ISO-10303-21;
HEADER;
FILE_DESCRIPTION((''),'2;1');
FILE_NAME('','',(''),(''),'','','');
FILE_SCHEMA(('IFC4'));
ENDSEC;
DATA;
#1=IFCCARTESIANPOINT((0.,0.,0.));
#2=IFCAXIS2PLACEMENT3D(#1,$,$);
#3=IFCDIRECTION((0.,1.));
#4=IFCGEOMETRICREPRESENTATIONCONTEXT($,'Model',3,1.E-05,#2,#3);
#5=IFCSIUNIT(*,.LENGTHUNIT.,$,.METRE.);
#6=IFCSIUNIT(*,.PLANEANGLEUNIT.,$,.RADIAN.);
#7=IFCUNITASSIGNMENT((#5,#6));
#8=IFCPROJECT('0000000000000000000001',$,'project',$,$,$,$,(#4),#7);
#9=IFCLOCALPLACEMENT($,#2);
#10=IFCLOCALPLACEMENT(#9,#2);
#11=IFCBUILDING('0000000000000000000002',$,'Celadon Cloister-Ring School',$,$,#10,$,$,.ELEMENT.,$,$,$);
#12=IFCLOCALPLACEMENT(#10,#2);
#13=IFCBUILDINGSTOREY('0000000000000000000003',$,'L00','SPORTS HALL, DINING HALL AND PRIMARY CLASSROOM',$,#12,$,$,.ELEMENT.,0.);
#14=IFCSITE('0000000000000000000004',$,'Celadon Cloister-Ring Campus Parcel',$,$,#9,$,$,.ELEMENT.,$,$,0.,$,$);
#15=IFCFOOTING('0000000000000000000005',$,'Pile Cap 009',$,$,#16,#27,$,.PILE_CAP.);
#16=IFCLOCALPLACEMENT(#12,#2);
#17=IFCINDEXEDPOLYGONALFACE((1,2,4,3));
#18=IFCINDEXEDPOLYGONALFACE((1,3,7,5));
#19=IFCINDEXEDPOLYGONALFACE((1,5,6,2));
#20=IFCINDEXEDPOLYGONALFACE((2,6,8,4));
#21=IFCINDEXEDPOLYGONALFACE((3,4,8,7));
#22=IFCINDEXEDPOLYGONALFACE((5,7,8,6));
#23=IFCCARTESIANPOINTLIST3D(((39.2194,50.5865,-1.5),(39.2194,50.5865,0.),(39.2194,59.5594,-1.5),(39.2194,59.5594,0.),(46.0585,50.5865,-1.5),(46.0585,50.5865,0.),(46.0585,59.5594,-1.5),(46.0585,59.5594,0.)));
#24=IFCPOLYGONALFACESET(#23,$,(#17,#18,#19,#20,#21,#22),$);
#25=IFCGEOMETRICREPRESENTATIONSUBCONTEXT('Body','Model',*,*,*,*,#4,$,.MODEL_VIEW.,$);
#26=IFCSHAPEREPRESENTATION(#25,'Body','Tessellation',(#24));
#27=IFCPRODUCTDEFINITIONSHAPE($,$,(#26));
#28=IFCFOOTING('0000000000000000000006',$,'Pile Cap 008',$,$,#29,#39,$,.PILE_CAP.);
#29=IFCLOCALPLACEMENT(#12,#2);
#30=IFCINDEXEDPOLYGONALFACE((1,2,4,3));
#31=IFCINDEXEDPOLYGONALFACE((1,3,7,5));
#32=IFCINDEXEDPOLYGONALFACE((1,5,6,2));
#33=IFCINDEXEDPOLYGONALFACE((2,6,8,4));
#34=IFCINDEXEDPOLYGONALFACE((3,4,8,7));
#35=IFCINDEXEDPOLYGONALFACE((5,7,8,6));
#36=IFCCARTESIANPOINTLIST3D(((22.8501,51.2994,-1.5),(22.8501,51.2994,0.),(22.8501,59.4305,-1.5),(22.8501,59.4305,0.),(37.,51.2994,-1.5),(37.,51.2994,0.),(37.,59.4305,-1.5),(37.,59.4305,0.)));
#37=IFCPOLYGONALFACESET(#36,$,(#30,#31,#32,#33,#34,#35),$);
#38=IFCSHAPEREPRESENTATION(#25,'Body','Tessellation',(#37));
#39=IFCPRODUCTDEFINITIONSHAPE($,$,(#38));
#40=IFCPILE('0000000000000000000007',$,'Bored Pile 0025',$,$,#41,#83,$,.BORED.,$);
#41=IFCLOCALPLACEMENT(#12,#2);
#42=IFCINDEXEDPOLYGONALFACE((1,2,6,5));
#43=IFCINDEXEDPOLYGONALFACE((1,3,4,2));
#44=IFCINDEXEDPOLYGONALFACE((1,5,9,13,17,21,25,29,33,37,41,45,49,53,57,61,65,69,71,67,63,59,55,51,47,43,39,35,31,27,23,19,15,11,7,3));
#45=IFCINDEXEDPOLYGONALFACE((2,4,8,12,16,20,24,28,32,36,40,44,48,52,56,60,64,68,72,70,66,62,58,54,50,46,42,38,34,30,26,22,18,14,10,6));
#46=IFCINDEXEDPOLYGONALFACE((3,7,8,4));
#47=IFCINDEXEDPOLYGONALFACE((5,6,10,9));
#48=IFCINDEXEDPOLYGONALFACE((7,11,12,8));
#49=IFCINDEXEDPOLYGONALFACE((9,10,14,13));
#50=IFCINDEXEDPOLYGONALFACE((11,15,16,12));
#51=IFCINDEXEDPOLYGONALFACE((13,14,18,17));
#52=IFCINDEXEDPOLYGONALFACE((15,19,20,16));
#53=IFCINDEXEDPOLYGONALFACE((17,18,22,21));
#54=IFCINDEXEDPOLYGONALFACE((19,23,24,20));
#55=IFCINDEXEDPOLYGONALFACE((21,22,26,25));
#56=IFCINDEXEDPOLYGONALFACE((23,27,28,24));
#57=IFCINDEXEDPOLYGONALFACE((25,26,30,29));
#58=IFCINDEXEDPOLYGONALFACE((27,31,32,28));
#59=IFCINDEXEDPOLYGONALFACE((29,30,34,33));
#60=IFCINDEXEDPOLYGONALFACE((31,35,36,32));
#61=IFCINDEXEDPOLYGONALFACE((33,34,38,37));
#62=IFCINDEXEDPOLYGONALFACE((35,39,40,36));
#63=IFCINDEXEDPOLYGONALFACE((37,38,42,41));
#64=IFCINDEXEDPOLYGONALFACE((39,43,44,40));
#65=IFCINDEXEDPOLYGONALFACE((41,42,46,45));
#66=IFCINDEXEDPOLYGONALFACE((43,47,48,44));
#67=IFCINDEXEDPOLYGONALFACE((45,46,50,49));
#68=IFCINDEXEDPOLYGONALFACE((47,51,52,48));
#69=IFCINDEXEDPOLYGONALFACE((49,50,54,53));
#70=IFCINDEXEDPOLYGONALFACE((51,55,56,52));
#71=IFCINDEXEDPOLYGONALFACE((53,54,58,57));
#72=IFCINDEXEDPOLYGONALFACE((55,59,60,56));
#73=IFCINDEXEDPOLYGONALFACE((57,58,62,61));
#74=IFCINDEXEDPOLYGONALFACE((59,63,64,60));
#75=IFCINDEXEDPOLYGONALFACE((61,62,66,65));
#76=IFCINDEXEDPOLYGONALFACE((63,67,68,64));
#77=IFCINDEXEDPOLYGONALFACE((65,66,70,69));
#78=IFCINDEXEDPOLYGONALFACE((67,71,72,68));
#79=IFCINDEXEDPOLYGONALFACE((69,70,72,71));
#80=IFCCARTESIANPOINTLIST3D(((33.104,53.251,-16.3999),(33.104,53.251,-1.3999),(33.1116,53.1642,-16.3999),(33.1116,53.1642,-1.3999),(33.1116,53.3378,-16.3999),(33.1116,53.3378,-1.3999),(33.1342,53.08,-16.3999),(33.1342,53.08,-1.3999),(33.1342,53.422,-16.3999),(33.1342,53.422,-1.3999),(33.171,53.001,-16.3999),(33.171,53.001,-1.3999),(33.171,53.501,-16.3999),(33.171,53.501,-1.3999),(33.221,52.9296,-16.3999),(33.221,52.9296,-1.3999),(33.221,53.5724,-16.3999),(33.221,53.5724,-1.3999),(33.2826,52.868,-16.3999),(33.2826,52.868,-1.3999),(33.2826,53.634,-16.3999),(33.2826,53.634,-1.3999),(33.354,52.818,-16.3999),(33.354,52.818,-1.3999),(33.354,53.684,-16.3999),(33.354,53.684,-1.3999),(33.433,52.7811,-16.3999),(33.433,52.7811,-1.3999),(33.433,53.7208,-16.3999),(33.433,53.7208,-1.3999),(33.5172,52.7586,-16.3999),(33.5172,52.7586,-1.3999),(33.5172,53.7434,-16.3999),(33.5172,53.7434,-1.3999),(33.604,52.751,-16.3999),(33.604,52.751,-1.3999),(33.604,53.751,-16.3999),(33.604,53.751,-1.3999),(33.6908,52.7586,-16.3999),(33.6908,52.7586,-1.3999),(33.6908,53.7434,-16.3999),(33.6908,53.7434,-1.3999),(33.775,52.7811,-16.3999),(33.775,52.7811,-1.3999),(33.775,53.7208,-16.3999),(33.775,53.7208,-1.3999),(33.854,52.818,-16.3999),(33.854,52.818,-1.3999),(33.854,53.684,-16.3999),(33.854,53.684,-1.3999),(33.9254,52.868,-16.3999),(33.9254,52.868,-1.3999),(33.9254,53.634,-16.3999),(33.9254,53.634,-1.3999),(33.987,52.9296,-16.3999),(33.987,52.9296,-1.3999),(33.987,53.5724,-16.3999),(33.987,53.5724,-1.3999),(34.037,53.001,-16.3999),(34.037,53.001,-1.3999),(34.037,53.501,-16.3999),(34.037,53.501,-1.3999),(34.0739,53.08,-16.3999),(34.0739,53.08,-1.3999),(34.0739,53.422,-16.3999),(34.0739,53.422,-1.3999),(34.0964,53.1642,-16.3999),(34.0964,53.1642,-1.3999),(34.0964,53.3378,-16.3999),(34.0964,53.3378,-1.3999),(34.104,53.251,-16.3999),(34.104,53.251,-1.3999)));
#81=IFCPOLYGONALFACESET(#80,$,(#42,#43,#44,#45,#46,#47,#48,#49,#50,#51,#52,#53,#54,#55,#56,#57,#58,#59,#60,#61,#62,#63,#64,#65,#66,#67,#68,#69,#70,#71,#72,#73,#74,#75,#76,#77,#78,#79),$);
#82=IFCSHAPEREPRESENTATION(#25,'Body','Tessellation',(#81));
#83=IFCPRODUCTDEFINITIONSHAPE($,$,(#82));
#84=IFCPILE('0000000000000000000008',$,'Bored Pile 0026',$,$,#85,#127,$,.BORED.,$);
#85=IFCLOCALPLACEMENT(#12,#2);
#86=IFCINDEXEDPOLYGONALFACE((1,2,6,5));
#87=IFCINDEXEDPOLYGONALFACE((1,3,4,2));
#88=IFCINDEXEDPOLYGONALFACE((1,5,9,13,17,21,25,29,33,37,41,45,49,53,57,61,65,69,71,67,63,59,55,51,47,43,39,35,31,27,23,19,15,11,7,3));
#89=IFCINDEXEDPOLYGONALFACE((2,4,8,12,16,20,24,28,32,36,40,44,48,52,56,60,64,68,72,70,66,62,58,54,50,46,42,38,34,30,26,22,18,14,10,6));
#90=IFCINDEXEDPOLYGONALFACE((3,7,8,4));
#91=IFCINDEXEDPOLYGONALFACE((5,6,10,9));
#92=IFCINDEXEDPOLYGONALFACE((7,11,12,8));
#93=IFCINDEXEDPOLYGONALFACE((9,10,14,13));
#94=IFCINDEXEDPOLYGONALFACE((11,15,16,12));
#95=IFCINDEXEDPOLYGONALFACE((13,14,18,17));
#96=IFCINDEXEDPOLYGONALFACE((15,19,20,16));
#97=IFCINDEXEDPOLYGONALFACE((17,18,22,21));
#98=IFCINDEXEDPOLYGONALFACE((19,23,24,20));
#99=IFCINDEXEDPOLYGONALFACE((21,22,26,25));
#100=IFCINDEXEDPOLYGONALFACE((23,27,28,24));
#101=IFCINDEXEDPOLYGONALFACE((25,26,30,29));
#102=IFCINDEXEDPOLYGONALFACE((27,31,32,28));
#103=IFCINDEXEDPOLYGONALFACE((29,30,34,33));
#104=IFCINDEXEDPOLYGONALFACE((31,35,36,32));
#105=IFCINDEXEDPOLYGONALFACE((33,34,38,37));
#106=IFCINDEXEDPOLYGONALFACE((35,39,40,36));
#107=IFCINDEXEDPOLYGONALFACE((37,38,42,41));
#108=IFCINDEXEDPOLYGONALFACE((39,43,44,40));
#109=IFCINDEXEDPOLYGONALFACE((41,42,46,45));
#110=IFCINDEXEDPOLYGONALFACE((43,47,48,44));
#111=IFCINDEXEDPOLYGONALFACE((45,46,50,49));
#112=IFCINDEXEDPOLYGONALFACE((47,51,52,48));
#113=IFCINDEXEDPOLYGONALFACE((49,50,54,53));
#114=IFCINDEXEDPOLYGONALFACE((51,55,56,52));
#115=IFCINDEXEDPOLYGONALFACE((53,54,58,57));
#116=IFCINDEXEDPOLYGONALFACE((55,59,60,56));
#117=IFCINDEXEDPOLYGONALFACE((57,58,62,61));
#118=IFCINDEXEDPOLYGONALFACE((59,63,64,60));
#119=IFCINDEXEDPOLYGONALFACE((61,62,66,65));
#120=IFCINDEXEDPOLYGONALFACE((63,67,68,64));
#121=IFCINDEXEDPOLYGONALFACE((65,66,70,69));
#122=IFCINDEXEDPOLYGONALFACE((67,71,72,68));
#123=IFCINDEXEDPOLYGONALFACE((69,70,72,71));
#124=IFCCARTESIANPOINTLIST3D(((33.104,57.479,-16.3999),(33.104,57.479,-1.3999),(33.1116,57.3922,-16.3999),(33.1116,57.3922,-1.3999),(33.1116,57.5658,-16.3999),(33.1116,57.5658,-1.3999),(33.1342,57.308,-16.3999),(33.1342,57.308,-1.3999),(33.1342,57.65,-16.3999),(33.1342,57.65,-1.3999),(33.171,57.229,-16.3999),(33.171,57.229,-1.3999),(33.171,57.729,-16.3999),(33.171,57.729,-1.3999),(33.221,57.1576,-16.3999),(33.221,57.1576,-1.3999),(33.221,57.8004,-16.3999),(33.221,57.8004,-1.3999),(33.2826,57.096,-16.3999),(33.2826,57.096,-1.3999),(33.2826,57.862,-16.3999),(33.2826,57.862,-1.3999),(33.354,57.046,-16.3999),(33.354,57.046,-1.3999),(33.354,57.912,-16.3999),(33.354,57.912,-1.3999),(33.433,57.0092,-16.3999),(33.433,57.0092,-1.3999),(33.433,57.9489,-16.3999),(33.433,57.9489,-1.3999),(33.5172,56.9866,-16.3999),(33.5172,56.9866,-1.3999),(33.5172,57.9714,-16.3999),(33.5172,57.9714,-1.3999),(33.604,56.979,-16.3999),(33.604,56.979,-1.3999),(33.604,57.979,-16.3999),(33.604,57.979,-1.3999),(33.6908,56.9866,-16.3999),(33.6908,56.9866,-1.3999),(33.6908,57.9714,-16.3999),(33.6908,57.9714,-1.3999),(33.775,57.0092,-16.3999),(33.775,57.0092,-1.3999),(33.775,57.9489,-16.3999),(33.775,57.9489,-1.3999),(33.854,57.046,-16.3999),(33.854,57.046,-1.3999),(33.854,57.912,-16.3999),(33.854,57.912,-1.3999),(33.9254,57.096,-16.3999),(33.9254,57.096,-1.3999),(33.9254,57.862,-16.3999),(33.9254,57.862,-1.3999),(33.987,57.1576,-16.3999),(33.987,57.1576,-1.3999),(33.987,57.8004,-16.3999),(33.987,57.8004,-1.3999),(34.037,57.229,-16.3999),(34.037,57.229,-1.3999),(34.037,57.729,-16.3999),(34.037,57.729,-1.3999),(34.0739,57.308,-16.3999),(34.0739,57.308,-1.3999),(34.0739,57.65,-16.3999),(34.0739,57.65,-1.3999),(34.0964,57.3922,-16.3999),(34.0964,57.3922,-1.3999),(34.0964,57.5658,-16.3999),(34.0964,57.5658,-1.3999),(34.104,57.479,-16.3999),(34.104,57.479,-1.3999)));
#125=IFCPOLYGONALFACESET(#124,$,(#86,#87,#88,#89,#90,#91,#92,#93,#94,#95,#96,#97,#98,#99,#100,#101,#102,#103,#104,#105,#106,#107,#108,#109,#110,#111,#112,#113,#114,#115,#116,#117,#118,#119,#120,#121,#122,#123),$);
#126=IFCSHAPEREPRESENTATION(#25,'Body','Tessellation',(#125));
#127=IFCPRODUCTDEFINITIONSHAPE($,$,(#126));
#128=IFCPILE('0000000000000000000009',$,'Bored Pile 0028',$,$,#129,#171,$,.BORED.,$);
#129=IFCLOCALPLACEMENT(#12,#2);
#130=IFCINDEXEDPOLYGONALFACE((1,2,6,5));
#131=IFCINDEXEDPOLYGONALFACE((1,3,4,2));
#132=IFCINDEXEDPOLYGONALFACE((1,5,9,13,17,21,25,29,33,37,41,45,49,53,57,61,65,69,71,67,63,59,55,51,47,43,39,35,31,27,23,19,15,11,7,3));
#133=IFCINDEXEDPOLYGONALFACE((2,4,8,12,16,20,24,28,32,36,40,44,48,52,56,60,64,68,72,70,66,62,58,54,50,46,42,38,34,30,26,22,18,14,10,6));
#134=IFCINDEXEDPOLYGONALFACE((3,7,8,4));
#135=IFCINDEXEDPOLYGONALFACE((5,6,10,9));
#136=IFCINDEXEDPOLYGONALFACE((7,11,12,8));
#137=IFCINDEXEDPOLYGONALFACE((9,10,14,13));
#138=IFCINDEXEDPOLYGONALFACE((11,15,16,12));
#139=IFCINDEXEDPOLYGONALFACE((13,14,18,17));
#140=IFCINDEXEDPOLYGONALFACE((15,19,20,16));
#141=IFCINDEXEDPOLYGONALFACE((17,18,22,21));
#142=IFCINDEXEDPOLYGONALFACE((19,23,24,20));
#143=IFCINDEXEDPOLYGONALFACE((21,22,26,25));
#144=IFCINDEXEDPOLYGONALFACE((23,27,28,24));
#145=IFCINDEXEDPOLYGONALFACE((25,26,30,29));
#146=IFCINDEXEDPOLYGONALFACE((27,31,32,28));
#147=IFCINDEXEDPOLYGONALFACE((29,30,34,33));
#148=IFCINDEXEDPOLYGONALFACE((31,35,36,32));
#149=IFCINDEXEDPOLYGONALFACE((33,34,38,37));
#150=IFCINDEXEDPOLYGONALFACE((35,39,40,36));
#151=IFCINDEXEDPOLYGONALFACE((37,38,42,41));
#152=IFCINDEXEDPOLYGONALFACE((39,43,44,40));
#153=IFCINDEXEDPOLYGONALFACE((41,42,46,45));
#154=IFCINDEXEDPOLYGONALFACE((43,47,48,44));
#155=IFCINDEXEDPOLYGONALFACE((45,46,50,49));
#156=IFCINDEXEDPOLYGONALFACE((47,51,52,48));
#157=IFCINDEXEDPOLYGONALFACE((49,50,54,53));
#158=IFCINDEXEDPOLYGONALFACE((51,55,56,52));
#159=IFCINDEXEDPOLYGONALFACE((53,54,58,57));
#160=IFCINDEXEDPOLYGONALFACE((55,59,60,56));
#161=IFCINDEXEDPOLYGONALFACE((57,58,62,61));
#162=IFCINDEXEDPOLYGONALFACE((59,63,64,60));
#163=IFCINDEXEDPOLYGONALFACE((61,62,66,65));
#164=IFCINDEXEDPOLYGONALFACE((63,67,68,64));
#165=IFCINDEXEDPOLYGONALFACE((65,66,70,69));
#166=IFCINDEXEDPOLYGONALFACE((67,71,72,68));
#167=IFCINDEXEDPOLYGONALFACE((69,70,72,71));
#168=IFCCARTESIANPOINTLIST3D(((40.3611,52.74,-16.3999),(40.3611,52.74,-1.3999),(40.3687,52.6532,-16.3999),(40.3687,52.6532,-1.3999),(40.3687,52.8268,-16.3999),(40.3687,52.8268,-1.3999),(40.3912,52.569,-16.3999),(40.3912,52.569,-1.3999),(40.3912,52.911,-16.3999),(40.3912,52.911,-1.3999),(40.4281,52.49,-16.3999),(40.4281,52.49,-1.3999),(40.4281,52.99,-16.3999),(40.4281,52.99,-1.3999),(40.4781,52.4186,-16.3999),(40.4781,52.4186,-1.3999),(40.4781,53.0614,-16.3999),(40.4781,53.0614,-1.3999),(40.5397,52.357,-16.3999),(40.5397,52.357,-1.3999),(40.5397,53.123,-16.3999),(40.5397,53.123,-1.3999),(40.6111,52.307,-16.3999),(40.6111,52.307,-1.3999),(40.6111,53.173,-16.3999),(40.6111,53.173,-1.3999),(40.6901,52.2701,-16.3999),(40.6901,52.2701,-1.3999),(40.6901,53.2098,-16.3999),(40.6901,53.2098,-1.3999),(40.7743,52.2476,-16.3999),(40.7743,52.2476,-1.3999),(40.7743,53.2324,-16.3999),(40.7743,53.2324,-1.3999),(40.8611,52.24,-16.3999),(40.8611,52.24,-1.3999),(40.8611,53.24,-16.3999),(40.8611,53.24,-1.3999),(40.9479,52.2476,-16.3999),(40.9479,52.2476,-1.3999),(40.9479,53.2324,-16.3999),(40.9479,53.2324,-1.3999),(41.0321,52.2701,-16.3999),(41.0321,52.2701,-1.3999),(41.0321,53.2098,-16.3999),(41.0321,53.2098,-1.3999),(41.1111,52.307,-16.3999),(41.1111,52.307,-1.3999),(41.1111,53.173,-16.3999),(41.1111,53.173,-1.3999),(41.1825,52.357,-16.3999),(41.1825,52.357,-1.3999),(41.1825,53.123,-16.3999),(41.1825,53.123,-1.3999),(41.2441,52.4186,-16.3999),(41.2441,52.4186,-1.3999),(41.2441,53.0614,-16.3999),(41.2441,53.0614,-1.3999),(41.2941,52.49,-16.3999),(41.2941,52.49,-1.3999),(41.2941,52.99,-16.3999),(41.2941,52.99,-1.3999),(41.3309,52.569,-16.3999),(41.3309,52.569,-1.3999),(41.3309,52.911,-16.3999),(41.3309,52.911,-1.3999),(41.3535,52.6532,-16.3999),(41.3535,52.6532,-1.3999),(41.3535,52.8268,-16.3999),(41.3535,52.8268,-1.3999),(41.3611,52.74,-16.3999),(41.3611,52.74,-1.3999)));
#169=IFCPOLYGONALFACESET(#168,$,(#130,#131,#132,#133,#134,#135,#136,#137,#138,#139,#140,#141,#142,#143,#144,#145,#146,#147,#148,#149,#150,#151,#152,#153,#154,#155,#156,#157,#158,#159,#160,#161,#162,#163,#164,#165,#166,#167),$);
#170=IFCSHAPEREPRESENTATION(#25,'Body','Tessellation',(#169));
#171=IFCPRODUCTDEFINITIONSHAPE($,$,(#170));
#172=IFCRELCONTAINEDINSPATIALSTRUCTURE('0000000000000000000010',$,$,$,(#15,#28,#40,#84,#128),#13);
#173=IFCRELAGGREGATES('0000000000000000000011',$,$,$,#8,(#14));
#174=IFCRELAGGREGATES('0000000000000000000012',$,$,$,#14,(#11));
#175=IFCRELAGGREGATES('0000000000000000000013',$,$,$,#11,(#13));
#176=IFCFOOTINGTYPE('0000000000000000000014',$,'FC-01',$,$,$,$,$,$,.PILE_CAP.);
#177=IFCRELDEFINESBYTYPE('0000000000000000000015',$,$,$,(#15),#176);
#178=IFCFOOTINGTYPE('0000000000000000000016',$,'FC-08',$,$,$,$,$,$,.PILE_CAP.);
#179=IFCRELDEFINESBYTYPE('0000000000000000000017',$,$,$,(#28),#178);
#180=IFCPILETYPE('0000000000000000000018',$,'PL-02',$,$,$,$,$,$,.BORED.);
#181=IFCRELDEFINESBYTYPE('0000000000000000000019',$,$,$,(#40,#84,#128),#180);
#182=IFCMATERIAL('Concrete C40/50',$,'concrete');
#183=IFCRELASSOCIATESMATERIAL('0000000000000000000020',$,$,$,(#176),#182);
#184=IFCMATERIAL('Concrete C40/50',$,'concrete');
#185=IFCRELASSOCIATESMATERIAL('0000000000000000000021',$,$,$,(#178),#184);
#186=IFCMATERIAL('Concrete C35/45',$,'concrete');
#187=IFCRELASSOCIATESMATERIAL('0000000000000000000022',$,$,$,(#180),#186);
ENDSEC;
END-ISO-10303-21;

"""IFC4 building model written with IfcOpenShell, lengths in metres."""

from ifc_helpers import new_model, si_unit, direction, frame, origin, origin_2d, place, context, subcontext, project, spatial, rectangle, circle, extrude, material, material_profile, profile_set, type_object, element, save


model = new_model("IFC4")

# Units and contexts
model_context = context("Model", 3, precision=1e-05, world=origin(), true_north=direction((0.0, 1.0)))
body_context = subcontext(model_context, "Body", "Model", "MODEL_VIEW")
ifc_project = project(units=[si_unit("LENGTHUNIT", "METRE"), si_unit("PLANEANGLEUNIT", "RADIAN")], contexts=[model_context])

# Site, building, storey
site_placement = place(None, origin())
site = spatial("IfcSite", under=ifc_project, at=site_placement, Name="Celadon Cloister-Ring Campus Parcel", CompositionType="ELEMENT", RefElevation=0.0)
building_placement = place(site_placement, origin())
building = spatial("IfcBuilding", under=site, at=building_placement, Name="Celadon Cloister-Ring School", CompositionType="ELEMENT")
storey_placement = place(building_placement, origin())
storey = spatial("IfcBuildingStorey", under=building, at=storey_placement, Name="L00", Description="SPORTS HALL, DINING HALL AND PRIMARY CLASSROOM", CompositionType="ELEMENT", Elevation=0.0)

# Footings
ifc_material_1 = material(Name="Concrete C40/50", Category="concrete")
footing_type_1 = type_object("IfcFootingType", Name="FC-01", PredefinedType="PILE_CAP", material=ifc_material_1)
footing_1_placement = place(storey_placement, frame((42.6389, 55.073, -1.5), z_axis=(0.0, 0.0, 1.0), x_axis=(1.0, 0.0, 0.0)))
element("IfcFooting", 1, at=footing_1_placement, inside=storey, type_object=footing_type_1, Name="Pile Cap 009", PredefinedType="PILE_CAP", context=body_context, shape_type="SweptSolid", body=[
    extrude(rectangle(XDim=6.8391, YDim=8.9729, at=origin_2d()), origin(), (0.0, 0.0, 1.0), 1.5),
])
ifc_material_2 = material(Name="Concrete C40/50", Category="concrete")
footing_type_2 = type_object("IfcFootingType", Name="FC-08", PredefinedType="PILE_CAP", material=ifc_material_2)
footing_2_placement = place(storey_placement, frame((29.925, 55.365, -1.5), z_axis=(0.0, 0.0, 1.0), x_axis=(1.0, 0.0, 0.0)))
element("IfcFooting", 2, at=footing_2_placement, inside=storey, type_object=footing_type_2, Name="Pile Cap 008", PredefinedType="PILE_CAP", context=body_context, shape_type="SweptSolid", body=[
    extrude(rectangle(XDim=14.1499, YDim=8.1311, at=origin_2d()), origin(), (0.0, 0.0, 1.0), 1.5),
])

# Piles
ifc_material_3 = material(Name="Concrete C35/45", Category="concrete")
ifc_material_profile_1 = material_profile(ifc_material_3, circle(Radius=0.5, at=origin_2d()), Name="PILE1000")
ifc_profile_set_1 = profile_set([ifc_material_profile_1], Name="Concrete C35/45")
pile_type = type_object("IfcPileType", Name="PL-02", PredefinedType="BORED", material=ifc_profile_set_1)
for number, where, z_axis, x_axis, name in (
    (3, (33.604, 53.251, -1.3999), (0.0, 0.0, -1.0), (1.0, 0.0, 0.0), "Bored Pile 0025"),
    (4, (33.604, 57.479, -1.3999), (0.0, 0.0, -1.0), (1.0, 0.0, 0.0), "Bored Pile 0026"),
    (5, (40.8611, 52.74, -1.3999), (0.0, 0.0, -1.0), (1.0, 0.0, 0.0), "Bored Pile 0028"),
):
    element("IfcPile", number, at=place(storey_placement, frame(where, z_axis=z_axis, x_axis=x_axis)), inside=storey, type_object=pile_type, Name=name, PredefinedType="BORED", context=body_context, shape_type="SweptSolid", body=[
        extrude(circle(Radius=0.5, at=origin_2d()), origin(), (0.0, 0.0, 1.0), 15.0),
    ])

save(model, "model.ifc")
